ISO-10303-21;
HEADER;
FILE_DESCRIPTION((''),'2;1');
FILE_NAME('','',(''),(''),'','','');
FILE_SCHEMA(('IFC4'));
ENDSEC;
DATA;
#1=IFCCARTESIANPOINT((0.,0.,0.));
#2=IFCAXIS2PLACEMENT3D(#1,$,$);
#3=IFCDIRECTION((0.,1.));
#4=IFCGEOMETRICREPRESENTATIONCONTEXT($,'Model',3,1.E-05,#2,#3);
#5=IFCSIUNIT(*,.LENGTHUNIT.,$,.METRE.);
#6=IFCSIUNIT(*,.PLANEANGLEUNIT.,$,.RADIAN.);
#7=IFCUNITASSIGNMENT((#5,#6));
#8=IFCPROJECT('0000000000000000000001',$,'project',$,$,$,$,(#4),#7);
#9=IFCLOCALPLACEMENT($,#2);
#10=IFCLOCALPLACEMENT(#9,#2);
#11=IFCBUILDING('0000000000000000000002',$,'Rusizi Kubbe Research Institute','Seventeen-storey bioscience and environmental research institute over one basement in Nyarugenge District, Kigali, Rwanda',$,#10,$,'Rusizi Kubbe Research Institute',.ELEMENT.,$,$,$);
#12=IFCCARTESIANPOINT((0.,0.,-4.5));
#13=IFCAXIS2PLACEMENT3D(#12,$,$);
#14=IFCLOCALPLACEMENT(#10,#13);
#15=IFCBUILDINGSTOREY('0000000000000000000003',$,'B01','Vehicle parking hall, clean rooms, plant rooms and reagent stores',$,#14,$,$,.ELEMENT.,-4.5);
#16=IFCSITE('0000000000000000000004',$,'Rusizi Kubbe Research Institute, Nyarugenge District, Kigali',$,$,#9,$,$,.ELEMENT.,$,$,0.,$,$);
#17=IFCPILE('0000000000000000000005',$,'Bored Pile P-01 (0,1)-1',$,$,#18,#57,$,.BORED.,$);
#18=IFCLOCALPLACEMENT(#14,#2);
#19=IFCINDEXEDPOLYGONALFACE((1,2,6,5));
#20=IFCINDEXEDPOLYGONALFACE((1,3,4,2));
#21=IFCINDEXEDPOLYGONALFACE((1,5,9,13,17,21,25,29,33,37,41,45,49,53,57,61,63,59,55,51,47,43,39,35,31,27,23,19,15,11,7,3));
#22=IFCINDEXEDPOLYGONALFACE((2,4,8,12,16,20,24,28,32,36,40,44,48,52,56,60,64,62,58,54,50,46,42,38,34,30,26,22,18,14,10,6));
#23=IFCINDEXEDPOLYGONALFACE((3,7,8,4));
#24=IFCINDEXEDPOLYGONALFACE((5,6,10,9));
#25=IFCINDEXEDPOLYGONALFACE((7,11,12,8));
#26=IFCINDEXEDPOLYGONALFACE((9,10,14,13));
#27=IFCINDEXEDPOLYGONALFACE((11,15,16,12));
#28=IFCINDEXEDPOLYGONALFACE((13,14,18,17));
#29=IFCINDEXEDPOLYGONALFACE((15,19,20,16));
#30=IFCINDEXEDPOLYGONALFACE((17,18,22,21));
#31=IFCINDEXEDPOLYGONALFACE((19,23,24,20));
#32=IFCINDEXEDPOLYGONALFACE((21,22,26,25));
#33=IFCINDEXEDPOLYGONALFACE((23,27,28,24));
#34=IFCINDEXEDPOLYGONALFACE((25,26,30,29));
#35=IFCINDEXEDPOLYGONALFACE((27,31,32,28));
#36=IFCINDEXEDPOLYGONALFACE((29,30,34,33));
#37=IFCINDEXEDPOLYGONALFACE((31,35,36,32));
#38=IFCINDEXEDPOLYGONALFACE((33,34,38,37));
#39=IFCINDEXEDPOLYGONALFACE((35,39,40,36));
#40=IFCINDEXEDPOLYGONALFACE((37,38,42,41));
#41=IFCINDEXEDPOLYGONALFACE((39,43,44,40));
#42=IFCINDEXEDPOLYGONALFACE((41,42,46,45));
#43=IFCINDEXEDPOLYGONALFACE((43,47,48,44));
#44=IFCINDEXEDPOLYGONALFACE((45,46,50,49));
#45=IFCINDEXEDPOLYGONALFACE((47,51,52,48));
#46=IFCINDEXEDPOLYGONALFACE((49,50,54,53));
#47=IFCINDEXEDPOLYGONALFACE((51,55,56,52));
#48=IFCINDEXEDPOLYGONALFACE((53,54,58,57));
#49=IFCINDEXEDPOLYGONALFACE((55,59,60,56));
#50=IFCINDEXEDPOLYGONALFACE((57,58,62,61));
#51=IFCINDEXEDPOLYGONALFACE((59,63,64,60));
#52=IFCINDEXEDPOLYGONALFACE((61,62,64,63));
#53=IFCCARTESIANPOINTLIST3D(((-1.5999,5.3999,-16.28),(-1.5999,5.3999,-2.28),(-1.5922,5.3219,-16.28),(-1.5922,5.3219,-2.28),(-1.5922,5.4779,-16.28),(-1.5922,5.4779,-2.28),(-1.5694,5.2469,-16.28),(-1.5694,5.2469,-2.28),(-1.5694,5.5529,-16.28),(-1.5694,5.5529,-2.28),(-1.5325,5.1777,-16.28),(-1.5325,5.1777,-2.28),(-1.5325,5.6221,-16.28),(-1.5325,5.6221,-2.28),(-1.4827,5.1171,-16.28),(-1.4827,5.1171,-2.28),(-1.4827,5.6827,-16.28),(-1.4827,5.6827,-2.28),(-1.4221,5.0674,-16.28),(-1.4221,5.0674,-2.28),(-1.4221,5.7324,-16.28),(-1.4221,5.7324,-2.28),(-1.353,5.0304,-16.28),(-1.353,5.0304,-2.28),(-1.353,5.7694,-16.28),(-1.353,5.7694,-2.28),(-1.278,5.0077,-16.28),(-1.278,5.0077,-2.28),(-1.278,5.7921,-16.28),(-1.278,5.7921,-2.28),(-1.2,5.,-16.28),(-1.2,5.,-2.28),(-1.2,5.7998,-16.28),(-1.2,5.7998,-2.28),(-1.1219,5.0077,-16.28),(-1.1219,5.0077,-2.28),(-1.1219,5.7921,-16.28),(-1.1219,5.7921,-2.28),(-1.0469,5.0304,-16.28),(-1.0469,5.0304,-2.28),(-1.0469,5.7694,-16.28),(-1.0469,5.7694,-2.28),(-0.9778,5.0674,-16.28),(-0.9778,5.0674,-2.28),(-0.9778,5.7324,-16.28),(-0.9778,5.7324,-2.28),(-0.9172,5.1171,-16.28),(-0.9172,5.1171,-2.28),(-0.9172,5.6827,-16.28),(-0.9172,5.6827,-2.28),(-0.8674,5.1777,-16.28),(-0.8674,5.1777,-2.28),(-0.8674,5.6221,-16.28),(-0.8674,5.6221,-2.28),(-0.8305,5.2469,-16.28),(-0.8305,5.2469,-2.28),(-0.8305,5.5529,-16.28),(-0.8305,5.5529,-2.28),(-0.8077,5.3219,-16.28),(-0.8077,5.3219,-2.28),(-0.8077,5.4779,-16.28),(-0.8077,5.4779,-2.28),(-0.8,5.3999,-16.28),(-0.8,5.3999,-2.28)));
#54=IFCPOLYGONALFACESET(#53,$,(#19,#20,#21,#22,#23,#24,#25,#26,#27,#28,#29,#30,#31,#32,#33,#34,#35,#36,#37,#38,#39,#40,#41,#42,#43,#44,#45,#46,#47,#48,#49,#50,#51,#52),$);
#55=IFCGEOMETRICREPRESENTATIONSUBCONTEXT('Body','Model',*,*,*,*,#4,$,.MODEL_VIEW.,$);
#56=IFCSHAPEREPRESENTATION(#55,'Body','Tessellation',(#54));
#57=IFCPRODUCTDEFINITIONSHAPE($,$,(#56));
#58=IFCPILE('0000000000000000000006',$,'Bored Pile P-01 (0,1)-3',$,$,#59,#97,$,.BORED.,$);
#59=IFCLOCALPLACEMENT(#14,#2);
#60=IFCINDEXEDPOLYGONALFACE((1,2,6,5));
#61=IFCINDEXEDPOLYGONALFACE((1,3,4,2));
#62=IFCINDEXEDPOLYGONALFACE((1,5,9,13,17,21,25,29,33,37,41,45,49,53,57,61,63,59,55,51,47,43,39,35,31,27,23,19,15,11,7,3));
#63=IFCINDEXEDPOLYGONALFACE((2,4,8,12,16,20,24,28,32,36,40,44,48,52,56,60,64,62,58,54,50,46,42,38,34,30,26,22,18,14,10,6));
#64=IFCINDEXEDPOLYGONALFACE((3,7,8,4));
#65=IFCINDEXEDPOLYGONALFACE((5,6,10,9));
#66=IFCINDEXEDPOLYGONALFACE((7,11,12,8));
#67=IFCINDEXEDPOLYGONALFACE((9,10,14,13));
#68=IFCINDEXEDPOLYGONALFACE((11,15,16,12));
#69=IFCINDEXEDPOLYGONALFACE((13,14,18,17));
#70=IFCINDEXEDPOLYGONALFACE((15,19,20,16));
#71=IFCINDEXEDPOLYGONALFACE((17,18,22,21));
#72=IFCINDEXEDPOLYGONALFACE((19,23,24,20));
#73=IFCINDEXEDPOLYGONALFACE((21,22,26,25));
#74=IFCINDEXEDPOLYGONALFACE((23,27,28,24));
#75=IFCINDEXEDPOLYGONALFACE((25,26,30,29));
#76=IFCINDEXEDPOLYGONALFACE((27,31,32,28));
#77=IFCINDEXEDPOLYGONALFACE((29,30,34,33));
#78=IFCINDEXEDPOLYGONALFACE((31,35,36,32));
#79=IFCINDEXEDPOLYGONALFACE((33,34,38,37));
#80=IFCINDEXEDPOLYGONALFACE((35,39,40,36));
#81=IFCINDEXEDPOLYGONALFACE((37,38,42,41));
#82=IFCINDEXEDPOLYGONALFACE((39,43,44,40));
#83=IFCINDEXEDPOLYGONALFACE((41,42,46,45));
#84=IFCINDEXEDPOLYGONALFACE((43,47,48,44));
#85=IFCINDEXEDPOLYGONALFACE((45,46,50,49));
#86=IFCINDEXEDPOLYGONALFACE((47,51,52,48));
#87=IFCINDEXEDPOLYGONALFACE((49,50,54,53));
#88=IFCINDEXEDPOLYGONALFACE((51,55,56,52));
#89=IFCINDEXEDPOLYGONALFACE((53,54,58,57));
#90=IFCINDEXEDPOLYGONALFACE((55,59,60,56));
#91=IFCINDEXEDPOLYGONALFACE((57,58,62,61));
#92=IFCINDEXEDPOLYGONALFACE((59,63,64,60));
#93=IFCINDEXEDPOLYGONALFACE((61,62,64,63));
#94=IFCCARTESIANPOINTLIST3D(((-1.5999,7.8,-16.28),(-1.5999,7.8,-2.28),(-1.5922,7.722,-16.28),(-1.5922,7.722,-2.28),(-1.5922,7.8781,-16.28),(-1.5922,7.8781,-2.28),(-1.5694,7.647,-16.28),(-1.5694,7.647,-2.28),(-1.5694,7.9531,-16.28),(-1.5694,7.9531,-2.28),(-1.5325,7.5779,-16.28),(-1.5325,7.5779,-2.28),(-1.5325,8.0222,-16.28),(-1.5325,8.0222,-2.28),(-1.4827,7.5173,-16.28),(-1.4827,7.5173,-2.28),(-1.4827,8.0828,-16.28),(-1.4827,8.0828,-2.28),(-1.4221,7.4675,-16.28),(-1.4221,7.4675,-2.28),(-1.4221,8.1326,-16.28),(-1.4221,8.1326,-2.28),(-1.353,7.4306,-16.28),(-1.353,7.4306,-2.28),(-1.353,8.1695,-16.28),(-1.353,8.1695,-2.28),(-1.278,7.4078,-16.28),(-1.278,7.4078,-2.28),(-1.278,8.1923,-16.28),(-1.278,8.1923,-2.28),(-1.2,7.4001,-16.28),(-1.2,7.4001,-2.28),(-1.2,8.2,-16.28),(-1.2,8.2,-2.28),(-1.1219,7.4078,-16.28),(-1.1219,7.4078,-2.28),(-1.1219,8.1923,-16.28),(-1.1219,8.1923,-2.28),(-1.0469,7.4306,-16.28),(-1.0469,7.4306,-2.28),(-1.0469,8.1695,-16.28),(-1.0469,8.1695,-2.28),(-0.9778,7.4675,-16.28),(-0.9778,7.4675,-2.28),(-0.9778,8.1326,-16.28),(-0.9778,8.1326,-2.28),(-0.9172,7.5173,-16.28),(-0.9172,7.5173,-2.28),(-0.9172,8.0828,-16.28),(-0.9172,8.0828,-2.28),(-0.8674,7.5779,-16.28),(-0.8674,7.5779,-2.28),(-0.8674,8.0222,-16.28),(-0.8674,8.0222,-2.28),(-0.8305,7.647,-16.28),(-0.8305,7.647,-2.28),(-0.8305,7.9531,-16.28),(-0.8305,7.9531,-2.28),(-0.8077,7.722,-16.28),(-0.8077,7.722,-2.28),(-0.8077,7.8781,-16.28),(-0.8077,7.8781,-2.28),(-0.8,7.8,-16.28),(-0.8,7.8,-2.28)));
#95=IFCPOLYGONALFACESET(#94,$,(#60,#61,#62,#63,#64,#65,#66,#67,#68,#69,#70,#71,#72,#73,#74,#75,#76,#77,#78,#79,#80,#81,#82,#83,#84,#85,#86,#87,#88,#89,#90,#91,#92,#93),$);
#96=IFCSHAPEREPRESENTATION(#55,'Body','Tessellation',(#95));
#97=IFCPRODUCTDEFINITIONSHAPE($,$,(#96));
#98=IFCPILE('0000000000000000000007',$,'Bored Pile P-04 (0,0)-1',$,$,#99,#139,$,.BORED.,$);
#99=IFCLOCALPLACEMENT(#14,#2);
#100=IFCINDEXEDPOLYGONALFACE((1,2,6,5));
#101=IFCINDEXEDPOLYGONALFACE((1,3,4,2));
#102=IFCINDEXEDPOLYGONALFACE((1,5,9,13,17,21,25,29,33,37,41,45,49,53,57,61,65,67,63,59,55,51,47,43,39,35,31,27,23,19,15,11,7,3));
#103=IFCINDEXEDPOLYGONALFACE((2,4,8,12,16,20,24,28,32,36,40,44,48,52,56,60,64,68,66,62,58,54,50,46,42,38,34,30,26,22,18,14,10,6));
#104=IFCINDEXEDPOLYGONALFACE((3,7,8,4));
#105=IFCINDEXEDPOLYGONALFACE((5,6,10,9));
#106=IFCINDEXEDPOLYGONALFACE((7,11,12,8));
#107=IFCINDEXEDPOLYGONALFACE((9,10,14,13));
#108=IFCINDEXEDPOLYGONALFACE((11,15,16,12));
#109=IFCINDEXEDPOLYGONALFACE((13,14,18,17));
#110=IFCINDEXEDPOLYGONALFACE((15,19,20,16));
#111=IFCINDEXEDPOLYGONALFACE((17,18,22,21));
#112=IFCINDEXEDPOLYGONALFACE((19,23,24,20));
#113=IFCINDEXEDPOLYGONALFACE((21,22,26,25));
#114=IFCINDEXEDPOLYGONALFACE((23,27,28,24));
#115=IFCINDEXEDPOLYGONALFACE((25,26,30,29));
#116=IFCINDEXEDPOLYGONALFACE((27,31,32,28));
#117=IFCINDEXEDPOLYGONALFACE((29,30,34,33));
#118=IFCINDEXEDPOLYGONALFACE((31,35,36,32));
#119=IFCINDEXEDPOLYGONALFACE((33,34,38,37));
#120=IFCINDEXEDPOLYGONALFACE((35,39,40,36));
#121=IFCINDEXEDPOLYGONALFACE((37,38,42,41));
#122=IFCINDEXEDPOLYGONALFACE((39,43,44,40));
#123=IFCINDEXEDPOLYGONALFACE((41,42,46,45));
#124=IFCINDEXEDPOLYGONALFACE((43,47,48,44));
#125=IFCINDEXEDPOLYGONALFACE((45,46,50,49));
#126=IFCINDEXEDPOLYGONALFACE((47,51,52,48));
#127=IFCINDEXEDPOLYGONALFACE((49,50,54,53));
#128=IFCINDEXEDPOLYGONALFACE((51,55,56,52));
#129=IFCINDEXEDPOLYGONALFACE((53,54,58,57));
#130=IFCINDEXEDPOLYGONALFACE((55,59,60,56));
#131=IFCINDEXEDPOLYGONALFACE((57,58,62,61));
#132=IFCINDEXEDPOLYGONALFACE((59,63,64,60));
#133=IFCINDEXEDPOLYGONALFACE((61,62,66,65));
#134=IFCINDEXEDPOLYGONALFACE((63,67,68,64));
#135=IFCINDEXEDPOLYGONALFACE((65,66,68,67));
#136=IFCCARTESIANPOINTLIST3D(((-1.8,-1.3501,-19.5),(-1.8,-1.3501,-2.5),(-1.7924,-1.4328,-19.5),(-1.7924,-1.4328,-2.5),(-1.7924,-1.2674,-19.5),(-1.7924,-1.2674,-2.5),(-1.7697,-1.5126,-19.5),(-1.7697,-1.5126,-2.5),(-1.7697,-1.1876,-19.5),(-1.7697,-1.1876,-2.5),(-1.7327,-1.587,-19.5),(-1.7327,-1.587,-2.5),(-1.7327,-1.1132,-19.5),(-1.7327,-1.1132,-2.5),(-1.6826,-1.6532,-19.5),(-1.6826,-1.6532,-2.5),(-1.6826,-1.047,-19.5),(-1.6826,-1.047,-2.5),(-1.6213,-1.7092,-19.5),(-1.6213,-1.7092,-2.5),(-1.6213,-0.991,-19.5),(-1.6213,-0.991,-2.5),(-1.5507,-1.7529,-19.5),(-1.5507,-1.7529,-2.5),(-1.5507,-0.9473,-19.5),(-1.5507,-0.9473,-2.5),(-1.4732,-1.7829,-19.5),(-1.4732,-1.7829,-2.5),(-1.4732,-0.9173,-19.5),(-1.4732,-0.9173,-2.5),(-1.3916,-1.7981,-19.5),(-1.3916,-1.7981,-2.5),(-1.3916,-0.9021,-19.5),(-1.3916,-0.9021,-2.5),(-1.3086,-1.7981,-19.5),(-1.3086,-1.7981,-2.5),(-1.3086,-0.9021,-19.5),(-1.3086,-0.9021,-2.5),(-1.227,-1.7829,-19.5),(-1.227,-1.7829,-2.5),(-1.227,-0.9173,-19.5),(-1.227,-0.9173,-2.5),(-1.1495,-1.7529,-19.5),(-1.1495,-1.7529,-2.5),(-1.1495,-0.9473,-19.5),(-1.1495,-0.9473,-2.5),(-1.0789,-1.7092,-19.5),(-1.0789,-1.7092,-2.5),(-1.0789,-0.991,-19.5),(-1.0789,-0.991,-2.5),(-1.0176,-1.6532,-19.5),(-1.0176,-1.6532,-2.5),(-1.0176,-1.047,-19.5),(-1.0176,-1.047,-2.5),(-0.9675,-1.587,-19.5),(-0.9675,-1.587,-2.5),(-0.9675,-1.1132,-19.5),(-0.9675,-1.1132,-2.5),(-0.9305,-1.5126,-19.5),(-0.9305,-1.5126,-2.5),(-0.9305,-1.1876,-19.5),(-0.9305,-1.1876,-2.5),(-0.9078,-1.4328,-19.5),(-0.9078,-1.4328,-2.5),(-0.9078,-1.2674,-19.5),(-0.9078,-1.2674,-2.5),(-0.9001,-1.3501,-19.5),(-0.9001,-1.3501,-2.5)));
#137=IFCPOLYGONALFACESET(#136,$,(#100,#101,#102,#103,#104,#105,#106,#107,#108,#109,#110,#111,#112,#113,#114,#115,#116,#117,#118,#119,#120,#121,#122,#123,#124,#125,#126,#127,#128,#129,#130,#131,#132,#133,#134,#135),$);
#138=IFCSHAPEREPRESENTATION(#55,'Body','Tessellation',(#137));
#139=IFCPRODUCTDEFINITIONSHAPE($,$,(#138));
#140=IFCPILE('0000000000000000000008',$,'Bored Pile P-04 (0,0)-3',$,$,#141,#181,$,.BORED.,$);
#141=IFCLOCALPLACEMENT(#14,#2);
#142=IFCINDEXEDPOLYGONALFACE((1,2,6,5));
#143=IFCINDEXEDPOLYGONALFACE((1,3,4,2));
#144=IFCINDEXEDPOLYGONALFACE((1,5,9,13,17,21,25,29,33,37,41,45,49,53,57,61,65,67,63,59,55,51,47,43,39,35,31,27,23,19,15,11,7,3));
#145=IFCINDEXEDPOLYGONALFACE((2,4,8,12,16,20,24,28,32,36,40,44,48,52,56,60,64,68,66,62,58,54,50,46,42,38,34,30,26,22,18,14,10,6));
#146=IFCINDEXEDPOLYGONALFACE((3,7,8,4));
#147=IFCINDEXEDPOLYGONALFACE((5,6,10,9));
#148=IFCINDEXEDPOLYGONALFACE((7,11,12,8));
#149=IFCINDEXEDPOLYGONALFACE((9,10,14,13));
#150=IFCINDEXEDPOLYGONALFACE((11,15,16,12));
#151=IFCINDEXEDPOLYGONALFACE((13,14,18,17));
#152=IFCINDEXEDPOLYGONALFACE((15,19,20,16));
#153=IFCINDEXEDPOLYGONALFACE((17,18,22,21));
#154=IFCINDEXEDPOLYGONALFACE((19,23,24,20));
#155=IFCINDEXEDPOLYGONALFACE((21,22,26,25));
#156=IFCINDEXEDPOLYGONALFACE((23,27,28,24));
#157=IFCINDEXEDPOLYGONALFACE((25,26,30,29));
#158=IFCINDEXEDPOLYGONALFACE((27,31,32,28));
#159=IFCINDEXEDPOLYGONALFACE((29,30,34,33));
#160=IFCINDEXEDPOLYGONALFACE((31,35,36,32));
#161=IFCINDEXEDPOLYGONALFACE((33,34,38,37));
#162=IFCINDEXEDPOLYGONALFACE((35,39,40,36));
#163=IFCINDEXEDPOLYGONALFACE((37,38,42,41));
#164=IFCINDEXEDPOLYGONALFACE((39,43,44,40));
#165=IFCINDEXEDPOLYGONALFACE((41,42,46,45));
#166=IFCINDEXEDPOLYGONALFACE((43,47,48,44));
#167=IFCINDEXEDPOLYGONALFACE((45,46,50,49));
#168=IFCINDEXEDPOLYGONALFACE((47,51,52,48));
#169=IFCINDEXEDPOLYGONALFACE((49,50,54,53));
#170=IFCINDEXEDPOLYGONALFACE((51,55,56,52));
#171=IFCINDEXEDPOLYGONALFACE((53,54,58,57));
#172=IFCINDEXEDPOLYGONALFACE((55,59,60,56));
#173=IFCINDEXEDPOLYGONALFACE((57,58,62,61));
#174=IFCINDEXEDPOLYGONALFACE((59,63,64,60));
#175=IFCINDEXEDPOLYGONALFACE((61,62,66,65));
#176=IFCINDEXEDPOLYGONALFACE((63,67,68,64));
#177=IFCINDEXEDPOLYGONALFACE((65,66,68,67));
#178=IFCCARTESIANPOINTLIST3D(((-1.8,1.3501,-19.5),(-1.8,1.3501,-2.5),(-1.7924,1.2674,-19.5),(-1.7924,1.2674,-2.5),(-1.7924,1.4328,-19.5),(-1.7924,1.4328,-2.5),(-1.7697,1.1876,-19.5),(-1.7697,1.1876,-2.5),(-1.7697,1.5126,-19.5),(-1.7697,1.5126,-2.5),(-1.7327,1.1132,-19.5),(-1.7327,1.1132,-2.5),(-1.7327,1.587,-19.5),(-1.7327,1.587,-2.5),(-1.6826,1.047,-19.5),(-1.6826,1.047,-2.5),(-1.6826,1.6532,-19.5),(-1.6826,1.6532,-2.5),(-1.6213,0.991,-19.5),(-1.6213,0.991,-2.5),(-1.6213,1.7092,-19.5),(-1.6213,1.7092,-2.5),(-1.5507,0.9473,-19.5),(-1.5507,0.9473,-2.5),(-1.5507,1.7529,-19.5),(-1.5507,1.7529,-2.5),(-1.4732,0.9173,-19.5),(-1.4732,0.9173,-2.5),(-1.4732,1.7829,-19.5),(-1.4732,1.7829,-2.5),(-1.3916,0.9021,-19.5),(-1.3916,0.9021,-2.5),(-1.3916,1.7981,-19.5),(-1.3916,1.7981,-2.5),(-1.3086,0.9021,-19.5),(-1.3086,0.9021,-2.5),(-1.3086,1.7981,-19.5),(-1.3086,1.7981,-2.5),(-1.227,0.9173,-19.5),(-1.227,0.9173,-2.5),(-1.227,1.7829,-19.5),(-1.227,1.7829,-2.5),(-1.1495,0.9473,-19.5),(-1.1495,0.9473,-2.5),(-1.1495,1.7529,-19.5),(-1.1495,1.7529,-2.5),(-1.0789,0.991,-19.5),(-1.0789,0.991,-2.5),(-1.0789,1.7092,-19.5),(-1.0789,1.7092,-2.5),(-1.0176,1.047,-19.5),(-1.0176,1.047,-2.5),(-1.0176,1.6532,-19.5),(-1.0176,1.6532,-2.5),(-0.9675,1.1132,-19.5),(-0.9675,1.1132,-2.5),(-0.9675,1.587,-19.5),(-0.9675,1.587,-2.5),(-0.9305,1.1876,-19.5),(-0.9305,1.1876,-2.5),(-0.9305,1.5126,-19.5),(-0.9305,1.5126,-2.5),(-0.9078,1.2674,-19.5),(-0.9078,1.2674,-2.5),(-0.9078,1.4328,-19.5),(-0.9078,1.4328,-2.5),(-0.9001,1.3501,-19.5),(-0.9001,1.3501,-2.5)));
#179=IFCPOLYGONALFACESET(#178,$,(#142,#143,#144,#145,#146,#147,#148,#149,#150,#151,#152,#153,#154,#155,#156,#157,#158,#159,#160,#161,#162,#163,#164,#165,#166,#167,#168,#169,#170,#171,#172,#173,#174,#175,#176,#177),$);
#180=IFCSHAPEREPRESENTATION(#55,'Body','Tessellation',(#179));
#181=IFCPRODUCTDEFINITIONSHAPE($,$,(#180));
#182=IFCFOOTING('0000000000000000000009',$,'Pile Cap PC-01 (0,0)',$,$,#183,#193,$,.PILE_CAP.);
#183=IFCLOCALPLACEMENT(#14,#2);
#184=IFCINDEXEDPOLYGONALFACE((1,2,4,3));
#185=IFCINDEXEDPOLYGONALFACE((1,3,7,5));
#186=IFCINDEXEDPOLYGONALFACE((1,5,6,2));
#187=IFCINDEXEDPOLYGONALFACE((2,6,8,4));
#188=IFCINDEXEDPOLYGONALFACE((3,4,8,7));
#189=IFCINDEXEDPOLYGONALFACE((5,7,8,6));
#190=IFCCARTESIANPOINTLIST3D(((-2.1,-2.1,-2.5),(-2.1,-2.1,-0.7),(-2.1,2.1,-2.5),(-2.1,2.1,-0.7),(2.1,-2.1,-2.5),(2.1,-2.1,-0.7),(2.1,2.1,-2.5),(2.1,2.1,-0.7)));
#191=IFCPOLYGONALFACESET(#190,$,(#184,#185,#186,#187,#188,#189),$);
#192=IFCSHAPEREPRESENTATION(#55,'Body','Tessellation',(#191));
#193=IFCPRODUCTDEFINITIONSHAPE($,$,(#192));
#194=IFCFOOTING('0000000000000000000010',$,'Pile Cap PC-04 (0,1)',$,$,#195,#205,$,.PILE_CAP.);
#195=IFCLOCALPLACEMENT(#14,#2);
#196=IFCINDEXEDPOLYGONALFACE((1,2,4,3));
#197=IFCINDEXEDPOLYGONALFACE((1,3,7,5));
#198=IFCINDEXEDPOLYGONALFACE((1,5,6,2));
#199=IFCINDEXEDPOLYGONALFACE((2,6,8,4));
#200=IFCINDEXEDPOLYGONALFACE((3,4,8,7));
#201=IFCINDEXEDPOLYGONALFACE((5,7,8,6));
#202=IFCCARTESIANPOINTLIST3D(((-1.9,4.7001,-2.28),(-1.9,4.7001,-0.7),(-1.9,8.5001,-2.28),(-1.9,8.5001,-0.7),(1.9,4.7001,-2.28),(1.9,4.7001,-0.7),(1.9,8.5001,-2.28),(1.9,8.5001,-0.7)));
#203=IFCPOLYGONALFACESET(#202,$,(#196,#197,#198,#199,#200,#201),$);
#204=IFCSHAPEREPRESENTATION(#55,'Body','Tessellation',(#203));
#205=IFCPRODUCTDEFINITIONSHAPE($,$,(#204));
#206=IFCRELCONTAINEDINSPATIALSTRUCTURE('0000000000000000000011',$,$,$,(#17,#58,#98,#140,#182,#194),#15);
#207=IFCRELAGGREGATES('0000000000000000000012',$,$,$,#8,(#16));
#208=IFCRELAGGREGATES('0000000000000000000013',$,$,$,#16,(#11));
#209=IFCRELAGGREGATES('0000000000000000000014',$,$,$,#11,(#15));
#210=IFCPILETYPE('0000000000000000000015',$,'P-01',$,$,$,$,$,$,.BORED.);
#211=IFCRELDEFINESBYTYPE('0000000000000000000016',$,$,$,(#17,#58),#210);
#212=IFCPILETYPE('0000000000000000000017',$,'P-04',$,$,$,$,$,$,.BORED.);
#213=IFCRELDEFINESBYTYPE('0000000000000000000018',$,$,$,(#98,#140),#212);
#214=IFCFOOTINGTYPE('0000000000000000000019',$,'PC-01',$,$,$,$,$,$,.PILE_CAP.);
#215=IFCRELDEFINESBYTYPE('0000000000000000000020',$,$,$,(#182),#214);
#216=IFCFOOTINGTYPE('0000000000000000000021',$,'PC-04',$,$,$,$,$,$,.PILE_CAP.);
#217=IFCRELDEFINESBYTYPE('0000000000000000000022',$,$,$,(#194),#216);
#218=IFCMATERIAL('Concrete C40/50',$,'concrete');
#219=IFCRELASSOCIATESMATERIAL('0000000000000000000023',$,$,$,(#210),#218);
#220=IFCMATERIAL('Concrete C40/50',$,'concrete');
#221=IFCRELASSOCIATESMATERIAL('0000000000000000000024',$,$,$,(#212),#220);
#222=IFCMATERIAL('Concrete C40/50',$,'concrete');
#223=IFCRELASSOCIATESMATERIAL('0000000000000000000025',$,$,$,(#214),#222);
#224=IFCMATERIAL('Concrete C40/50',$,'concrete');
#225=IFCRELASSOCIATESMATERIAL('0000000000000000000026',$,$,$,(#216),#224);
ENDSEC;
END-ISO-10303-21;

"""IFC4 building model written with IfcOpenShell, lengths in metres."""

from ifc_helpers import new_model, si_unit, direction, frame, origin, origin_2d, place, context, subcontext, project, spatial, rectangle, circle, extrude, material, material_profile, profile_set, type_object, element, save


model = new_model("IFC4")

# Units and contexts
model_context = context("Model", 3, precision=1e-05, world=origin(), true_north=direction((0.0, 1.0)))
body_context = subcontext(model_context, "Body", "Model", "MODEL_VIEW")
ifc_project = project(units=[si_unit("LENGTHUNIT", "METRE"), si_unit("PLANEANGLEUNIT", "RADIAN")], contexts=[model_context])

# Site, building, storey
site_placement = place(None, origin())
site = spatial("IfcSite", under=ifc_project, at=site_placement, Name="Rusizi Kubbe Research Institute, Nyarugenge District, Kigali", CompositionType="ELEMENT", RefElevation=0.0)
building_placement = place(site_placement, origin())
building = spatial("IfcBuilding", under=site, at=building_placement, Name="Rusizi Kubbe Research Institute", Description="Seventeen-storey bioscience and environmental research institute over one basement in Nyarugenge District, Kigali, Rwanda", LongName="Rusizi Kubbe Research Institute", CompositionType="ELEMENT")
storey_placement = place(building_placement, frame((0.0, 0.0, -4.5)))
storey = spatial("IfcBuildingStorey", under=building, at=storey_placement, Name="B01", Description="Vehicle parking hall, clean rooms, plant rooms and reagent stores", CompositionType="ELEMENT", Elevation=-4.5)

# Piles
ifc_material_1 = material(Name="Concrete C40/50", Category="concrete")
ifc_material_profile_1 = material_profile(ifc_material_1, circle(Radius=0.3999, at=origin_2d()), Name="PILE-D800")
ifc_profile_set_1 = profile_set([ifc_material_profile_1], Name="Concrete C40/50")
pile_type_1 = type_object("IfcPileType", Name="P-01", PredefinedType="BORED", material=ifc_profile_set_1)
for number, where, z_axis, x_axis, name in (
    (1, (-1.2, 5.3999, -2.28), (0.0, 0.0, -1.0), (1.0, 0.0, 0.0), "Bored Pile P-01 (0,1)-1"),
    (2, (-1.2, 7.8, -2.28), (0.0, 0.0, -1.0), (1.0, 0.0, 0.0), "Bored Pile P-01 (0,1)-3"),
):
    element("IfcPile", number, at=place(storey_placement, frame(where, z_axis=z_axis, x_axis=x_axis)), inside=storey, type_object=pile_type_1, Name=name, PredefinedType="BORED", context=body_context, shape_type="SweptSolid", body=[
        extrude(circle(Radius=0.3999, at=origin_2d()), origin(), (0.0, 0.0, 1.0), 14.0),
    ])
ifc_material_2 = material(Name="Concrete C40/50", Category="concrete")
ifc_material_profile_2 = material_profile(ifc_material_2, circle(Radius=0.45, at=origin_2d()), Name="PILE-D900")
ifc_profile_set_2 = profile_set([ifc_material_profile_2], Name="Concrete C40/50")
pile_type_2 = type_object("IfcPileType", Name="P-04", PredefinedType="BORED", material=ifc_profile_set_2)
for number, where, z_axis, x_axis, name in (
    (3, (-1.3501, -1.3501, -2.5), (0.0, 0.0, -1.0), (1.0, 0.0, 0.0), "Bored Pile P-04 (0,0)-1"),
    (4, (-1.3501, 1.3501, -2.5), (0.0, 0.0, -1.0), (1.0, 0.0, 0.0), "Bored Pile P-04 (0,0)-3"),
):
    element("IfcPile", number, at=place(storey_placement, frame(where, z_axis=z_axis, x_axis=x_axis)), inside=storey, type_object=pile_type_2, Name=name, PredefinedType="BORED", context=body_context, shape_type="SweptSolid", body=[
        extrude(circle(Radius=0.45, at=origin_2d()), origin(), (0.0, 0.0, 1.0), 17.0),
    ])

# Footings
ifc_material_3 = material(Name="Concrete C40/50", Category="concrete")
footing_type_1 = type_object("IfcFootingType", Name="PC-01", PredefinedType="PILE_CAP", material=ifc_material_3)
footing_1_placement = place(storey_placement, frame((0.0, 0.0, -2.5), z_axis=(0.0, 0.0, 1.0), x_axis=(1.0, 0.0, 0.0)))
element("IfcFooting", 5, at=footing_1_placement, inside=storey, type_object=footing_type_1, Name="Pile Cap PC-01 (0,0)", PredefinedType="PILE_CAP", context=body_context, shape_type="SweptSolid", body=[
    extrude(rectangle(XDim=4.2, YDim=4.2, at=origin_2d()), origin(), (0.0, 0.0, 1.0), 1.8),
])
ifc_material_4 = material(Name="Concrete C40/50", Category="concrete")
footing_type_2 = type_object("IfcFootingType", Name="PC-04", PredefinedType="PILE_CAP", material=ifc_material_4)
footing_2_placement = place(storey_placement, frame((0.0, 6.6001, -2.28), z_axis=(0.0, 0.0, 1.0), x_axis=(1.0, 0.0, 0.0)))
element("IfcFooting", 6, at=footing_2_placement, inside=storey, type_object=footing_type_2, Name="Pile Cap PC-04 (0,1)", PredefinedType="PILE_CAP", context=body_context, shape_type="SweptSolid", body=[
    extrude(rectangle(XDim=3.8, YDim=3.8, at=origin_2d()), origin(), (0.0, 0.0, 1.0), 1.5801),
])

save(model, "model.ifc")
